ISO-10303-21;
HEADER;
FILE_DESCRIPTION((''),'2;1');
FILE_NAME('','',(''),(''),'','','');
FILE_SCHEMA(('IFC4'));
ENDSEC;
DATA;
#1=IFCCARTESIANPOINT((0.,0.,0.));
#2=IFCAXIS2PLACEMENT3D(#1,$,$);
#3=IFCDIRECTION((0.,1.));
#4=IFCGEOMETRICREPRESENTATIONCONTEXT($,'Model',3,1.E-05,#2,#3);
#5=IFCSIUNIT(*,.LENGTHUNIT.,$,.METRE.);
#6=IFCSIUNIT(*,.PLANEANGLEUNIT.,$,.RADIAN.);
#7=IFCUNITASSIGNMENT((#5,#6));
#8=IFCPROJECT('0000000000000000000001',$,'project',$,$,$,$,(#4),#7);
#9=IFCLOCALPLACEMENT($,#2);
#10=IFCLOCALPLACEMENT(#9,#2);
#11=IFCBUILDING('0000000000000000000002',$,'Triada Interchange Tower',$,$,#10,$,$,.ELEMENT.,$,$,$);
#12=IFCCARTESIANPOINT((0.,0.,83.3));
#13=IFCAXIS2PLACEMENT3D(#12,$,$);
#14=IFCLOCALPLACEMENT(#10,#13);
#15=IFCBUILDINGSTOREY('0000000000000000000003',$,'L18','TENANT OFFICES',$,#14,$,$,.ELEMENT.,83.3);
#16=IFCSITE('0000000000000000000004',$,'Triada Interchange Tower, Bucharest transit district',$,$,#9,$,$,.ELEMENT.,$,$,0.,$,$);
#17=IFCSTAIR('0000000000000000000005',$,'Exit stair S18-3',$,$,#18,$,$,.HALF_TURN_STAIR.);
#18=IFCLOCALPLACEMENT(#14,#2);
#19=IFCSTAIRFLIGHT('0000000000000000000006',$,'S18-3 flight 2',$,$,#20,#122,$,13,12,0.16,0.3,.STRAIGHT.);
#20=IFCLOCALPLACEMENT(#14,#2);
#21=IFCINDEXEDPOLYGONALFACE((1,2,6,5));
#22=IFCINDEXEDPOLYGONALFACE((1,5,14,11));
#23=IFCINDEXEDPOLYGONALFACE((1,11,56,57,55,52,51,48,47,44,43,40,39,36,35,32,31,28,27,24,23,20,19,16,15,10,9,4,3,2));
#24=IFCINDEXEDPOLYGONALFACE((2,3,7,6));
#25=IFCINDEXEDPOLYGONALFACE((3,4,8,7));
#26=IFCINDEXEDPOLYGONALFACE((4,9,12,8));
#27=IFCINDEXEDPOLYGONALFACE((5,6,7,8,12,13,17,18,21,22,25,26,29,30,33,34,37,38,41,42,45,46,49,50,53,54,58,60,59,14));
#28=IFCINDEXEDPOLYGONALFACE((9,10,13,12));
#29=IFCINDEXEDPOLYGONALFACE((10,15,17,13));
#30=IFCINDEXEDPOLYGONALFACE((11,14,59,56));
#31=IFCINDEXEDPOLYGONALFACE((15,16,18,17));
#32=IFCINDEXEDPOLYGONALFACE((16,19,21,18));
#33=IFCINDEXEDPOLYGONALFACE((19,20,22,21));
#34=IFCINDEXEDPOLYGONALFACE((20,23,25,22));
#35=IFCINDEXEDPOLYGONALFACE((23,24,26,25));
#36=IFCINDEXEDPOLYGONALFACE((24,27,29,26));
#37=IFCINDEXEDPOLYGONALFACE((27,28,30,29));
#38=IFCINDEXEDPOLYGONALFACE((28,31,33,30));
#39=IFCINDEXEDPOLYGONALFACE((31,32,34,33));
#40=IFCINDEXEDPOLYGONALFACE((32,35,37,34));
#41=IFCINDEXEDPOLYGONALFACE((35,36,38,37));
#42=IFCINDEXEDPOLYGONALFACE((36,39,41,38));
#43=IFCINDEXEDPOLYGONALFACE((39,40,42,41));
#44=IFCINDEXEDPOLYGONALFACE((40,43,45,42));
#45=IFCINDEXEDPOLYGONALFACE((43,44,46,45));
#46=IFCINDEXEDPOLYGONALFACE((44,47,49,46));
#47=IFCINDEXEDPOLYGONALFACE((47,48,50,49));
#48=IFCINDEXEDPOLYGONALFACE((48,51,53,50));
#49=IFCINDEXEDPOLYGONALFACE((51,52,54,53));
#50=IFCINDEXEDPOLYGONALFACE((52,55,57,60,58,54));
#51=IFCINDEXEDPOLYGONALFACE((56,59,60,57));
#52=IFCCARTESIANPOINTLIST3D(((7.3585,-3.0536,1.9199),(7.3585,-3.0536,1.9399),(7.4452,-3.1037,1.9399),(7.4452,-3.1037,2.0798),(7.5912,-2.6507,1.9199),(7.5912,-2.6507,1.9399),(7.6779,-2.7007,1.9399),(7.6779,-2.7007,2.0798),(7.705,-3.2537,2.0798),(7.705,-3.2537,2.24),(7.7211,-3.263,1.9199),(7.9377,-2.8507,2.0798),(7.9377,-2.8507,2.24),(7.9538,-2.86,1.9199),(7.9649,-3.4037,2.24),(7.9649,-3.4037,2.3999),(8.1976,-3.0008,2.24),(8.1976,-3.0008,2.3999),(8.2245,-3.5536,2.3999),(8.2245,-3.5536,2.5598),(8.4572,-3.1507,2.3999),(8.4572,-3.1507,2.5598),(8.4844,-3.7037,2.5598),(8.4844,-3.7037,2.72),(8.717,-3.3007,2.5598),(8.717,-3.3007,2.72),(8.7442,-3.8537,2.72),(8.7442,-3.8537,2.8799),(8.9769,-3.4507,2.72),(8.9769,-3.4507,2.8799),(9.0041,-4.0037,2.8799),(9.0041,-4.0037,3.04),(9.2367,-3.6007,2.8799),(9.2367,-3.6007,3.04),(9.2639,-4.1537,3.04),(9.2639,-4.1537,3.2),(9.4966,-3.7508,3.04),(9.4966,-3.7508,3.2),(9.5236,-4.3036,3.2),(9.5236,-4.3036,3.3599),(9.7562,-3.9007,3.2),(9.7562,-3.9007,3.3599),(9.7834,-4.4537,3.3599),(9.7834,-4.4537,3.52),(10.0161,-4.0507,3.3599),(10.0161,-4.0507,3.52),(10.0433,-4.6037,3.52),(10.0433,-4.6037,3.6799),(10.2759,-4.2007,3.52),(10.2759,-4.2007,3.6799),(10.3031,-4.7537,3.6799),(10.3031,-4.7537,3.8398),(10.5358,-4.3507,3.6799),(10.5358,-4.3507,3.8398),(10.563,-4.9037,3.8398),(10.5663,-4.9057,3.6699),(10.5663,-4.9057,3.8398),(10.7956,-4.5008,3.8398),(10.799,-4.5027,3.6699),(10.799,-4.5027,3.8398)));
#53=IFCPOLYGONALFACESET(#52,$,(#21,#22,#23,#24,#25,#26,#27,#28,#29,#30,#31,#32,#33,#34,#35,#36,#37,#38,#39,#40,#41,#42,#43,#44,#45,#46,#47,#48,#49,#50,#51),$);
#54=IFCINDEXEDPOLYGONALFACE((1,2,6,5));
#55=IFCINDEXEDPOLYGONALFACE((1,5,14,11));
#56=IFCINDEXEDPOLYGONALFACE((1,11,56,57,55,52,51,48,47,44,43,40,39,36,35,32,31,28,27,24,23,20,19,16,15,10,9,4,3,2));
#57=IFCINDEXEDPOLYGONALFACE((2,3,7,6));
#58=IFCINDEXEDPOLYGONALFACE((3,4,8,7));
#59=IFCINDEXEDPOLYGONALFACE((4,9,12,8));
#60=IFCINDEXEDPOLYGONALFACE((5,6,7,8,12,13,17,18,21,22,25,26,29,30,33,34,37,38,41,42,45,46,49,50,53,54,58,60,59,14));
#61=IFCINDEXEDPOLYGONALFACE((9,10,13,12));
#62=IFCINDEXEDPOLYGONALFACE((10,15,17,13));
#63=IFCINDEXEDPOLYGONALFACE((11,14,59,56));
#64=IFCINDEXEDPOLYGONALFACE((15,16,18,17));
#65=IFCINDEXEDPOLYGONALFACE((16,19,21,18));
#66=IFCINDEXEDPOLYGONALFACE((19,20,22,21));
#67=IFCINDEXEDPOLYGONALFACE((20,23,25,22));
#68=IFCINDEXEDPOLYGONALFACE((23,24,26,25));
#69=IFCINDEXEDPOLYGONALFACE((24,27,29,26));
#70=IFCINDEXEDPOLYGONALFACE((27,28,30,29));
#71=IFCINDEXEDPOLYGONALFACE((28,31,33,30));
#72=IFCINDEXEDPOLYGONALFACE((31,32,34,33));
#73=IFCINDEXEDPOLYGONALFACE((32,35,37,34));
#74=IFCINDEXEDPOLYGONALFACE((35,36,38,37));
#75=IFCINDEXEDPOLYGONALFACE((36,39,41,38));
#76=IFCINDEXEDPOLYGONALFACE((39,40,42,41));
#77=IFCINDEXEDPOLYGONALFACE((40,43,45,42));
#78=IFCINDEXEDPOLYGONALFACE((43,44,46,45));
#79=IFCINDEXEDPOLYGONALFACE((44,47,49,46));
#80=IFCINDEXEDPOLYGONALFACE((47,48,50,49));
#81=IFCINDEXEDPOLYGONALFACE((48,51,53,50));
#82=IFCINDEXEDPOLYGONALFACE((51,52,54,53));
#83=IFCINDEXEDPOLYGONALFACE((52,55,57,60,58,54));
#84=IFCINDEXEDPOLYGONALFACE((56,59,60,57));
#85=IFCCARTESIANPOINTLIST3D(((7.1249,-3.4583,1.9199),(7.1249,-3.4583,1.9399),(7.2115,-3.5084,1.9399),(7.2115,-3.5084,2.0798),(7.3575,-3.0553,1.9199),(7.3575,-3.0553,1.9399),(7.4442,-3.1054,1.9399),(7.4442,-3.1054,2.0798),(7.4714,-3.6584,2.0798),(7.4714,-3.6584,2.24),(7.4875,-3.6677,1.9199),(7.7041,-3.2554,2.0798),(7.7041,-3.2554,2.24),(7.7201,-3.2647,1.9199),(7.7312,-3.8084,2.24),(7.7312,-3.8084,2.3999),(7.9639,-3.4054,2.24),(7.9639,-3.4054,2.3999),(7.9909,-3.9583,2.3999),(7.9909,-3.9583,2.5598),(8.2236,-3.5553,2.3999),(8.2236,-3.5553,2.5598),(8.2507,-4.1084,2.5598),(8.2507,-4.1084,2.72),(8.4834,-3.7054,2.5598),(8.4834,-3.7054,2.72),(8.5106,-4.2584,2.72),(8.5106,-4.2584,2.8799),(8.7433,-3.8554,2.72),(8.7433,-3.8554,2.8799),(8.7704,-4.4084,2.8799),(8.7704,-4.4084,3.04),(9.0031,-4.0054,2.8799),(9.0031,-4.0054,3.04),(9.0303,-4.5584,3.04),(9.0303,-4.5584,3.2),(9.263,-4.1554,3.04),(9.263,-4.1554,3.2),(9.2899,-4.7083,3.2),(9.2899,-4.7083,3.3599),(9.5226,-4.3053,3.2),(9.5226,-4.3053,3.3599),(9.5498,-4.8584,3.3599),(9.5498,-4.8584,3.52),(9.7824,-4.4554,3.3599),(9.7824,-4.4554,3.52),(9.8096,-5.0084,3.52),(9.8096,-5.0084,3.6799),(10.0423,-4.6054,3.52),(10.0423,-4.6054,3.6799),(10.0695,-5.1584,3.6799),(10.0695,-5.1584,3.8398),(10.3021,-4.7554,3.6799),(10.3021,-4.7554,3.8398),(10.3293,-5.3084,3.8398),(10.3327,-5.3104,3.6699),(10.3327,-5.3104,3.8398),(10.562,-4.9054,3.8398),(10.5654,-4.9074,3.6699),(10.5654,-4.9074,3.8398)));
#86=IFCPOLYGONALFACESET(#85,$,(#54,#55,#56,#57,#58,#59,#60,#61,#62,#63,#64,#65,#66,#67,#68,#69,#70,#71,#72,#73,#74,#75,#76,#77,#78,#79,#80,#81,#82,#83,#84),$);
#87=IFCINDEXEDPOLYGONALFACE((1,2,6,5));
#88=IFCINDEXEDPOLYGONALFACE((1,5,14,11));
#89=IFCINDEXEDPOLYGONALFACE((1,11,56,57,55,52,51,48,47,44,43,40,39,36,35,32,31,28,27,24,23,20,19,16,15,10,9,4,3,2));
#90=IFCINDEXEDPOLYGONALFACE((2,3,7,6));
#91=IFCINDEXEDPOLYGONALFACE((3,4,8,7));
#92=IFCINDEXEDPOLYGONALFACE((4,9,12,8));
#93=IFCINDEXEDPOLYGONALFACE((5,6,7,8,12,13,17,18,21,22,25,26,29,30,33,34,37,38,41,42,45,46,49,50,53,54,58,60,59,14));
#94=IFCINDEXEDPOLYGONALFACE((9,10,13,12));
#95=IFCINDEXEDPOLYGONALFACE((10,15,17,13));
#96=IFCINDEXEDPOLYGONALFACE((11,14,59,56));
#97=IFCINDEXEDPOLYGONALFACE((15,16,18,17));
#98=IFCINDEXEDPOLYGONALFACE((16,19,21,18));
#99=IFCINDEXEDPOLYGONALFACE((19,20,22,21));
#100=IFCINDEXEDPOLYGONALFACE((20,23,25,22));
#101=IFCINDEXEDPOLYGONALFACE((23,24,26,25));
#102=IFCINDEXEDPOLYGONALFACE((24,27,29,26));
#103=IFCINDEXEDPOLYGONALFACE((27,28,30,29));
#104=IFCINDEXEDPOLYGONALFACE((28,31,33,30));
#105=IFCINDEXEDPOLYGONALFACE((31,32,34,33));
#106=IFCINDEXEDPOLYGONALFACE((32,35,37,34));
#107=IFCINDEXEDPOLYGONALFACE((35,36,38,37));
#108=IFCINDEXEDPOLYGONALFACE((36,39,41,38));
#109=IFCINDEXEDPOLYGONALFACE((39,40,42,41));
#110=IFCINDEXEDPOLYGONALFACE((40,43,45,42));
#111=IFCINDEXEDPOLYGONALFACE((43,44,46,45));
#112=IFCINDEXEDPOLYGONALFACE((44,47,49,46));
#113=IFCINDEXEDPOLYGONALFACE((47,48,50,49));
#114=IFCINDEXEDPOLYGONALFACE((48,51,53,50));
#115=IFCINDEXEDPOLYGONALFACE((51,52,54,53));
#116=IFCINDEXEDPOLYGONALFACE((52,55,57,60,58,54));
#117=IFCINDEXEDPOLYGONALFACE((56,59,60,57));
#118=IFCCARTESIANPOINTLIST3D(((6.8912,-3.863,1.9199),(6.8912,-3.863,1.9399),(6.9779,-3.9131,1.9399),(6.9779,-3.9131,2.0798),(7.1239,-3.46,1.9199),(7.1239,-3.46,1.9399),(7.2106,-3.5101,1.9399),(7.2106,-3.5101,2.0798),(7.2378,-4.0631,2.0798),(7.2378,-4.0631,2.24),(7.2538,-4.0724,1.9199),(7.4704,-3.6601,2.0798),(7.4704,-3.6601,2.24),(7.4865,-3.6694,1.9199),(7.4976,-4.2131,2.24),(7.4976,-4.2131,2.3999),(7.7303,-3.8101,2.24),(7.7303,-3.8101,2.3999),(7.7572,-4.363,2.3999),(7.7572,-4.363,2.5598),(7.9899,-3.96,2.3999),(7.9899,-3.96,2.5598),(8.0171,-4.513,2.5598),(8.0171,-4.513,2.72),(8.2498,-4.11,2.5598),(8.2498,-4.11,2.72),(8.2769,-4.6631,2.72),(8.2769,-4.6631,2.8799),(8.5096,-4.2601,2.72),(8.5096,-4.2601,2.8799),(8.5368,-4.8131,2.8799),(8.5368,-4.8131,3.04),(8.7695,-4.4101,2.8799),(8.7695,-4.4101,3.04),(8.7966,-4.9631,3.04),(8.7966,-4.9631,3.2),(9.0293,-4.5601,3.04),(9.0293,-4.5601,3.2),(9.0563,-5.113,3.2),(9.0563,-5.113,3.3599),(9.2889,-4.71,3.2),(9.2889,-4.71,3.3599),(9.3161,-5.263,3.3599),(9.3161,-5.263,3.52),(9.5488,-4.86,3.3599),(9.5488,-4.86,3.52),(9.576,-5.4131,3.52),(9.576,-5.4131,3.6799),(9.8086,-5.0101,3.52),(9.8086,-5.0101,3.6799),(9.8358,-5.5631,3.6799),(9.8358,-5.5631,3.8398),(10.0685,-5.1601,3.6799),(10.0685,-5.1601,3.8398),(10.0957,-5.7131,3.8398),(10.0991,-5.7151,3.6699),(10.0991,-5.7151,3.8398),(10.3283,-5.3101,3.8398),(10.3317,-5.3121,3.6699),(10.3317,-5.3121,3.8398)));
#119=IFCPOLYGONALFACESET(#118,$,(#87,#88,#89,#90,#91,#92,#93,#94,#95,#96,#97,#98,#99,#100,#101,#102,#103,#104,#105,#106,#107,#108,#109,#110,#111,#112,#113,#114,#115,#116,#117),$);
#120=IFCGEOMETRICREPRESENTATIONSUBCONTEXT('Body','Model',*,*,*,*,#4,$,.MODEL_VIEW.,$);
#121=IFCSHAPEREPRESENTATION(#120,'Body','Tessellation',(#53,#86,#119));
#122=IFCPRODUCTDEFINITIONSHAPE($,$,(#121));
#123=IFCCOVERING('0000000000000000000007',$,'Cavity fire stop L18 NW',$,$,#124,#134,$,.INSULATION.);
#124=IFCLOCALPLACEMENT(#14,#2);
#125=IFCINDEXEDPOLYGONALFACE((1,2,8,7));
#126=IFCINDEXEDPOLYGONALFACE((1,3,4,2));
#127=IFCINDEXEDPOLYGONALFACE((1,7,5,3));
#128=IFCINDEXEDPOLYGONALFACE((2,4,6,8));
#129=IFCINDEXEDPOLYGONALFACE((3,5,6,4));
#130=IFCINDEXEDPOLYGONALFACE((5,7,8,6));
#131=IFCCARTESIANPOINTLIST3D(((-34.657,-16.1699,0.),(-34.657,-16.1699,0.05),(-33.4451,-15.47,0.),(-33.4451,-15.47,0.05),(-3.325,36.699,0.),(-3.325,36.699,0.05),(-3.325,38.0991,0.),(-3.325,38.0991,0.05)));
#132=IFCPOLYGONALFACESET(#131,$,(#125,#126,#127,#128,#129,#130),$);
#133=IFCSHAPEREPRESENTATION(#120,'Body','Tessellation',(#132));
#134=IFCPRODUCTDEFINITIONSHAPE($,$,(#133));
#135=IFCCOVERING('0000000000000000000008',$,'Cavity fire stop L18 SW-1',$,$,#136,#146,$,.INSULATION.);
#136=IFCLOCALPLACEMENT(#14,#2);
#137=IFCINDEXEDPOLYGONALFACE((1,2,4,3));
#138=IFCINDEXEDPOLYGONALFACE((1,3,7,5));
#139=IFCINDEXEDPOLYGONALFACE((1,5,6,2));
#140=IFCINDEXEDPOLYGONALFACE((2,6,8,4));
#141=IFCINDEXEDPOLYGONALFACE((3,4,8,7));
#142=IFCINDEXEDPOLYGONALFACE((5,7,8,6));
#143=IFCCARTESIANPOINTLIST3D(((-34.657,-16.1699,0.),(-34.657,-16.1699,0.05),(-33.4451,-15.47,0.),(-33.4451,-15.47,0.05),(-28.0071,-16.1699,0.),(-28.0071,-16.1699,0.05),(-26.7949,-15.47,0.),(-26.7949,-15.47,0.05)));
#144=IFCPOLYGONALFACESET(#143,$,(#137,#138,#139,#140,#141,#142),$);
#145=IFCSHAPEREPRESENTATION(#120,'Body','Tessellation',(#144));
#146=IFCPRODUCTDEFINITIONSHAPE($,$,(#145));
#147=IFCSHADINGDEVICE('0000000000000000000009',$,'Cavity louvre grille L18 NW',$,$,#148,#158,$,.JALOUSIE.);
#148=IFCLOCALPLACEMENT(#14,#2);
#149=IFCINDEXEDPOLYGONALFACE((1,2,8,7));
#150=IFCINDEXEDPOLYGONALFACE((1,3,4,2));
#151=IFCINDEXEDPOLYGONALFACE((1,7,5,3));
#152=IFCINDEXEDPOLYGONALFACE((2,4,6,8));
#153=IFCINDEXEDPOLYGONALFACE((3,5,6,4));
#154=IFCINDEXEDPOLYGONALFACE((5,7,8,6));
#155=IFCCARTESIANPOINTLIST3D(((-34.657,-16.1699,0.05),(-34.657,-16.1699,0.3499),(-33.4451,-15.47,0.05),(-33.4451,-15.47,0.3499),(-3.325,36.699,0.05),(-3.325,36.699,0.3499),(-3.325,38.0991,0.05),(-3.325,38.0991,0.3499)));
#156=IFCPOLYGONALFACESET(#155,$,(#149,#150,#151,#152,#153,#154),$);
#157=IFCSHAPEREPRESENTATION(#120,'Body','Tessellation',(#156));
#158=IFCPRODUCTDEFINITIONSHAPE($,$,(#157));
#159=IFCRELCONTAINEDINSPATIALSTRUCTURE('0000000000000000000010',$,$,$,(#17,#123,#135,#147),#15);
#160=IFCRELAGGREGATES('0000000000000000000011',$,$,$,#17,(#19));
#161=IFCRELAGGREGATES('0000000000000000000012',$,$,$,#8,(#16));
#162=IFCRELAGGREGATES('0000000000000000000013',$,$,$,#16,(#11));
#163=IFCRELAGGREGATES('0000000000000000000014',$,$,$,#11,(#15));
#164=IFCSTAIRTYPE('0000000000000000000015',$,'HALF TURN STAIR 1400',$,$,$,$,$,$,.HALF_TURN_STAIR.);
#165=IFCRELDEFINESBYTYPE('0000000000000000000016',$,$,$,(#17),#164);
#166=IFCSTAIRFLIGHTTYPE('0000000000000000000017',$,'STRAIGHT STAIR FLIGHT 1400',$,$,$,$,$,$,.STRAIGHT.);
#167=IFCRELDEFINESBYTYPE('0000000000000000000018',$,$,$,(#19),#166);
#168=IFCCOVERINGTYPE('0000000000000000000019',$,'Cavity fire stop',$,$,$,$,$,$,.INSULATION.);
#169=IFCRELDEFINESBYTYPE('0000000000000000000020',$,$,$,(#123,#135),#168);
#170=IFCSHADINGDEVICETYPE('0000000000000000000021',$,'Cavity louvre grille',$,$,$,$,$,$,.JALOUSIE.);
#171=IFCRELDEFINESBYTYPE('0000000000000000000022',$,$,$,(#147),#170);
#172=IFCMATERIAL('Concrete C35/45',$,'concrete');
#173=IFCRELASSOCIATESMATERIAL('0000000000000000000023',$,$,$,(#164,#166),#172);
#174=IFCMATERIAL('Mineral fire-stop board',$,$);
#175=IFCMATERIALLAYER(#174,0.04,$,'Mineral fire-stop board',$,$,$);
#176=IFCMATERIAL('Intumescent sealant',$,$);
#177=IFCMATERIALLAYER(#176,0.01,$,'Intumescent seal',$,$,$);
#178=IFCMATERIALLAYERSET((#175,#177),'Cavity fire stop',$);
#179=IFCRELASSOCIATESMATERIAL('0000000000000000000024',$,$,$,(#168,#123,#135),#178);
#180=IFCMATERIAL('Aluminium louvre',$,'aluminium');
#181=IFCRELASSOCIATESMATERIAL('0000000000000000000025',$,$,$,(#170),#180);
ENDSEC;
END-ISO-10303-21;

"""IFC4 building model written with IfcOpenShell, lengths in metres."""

from ifc_helpers import new_model, si_unit, direction, frame, origin, place, context, subcontext, project, spatial, polyline, outline, extrude, material, layer, layer_set, layer_usage, type_object, element, aggregate, save


model = new_model("IFC4")

# Units and contexts
model_context = context("Model", 3, precision=1e-05, world=origin(), true_north=direction((0.0, 1.0)))
body_context = subcontext(model_context, "Body", "Model", "MODEL_VIEW")
ifc_project = project(units=[si_unit("LENGTHUNIT", "METRE"), si_unit("PLANEANGLEUNIT", "RADIAN")], contexts=[model_context])

# Site, building, storey
site_placement = place(None, origin())
site = spatial("IfcSite", under=ifc_project, at=site_placement, Name="Triada Interchange Tower, Bucharest transit district", CompositionType="ELEMENT", RefElevation=0.0)
building_placement = place(site_placement, origin())
building = spatial("IfcBuilding", under=site, at=building_placement, Name="Triada Interchange Tower", CompositionType="ELEMENT")
storey_placement = place(building_placement, frame((0.0, 0.0, 83.3)))
storey = spatial("IfcBuildingStorey", under=building, at=storey_placement, Name="L18", Description="TENANT OFFICES", CompositionType="ELEMENT", Elevation=83.3)

# Stair, stair flight
ifc_material_1 = material(Name="Concrete C35/45", Category="concrete")
stair_type = type_object("IfcStairType", Name="HALF TURN STAIR 1400", PredefinedType="HALF_TURN_STAIR", material=ifc_material_1)
stair_placement = place(storey_placement, origin())
stair = element("IfcStair", 1, at=stair_placement, inside=storey, type_object=stair_type, Name="Exit stair S18-3", PredefinedType="HALF_TURN_STAIR")
stair_flight_type = type_object("IfcStairFlightType", Name="STRAIGHT STAIR FLIGHT 1400", PredefinedType="STRAIGHT", material=ifc_material_1)
stair_flight_1_placement = place(storey_placement, frame((7.3279, -3.3069, 1.9199), z_axis=(0.0, 0.0, 1.0), x_axis=(0.866025, -0.5, 0.0)))
stair_flight_1 = element("IfcStairFlight", 2, at=stair_flight_1_placement, type_object=stair_flight_type, Name="S18-3 flight 2", NumberOfRisers=13, NumberOfTreads=12, PredefinedType="STRAIGHT", RiserHeight=0.16, TreadLength=0.3, context=body_context, shape_type="SweptSolid", body=[
    extrude(outline(polyline([(-0.1001, 0.0), (-0.1001, 0.02), (0.0, 0.02), (0.0, 0.1599), (0.3, 0.1599), (0.3, 0.3201), (0.6001, 0.3201), (0.6001, 0.48), (0.8999, 0.48), (0.8999, 0.6399), (1.2, 0.6399), (1.2, 0.8), (1.5, 0.8), (1.5, 0.96), (1.8, 0.96), (1.8, 1.1201), (2.1001, 1.1201), (2.1001, 1.28), (2.3999, 1.28), (2.3999, 1.4399), (2.7, 1.4399), (2.7, 1.6001), (3.0, 1.6001), (3.0, 1.76), (3.3, 1.76), (3.3, 1.9199), (3.6001, 1.9199), (3.604, 1.9199), (3.604, 2.0801), (3.604, 1.75), (0.3186, 0.0), (-0.1001, 0.0)])), frame((0.0, 0.7, 0.0), z_axis=(0.0, -1.0, 0.0), x_axis=(1.0, 0.0, 0.0)), (0.0, 0.0, 1.0), 0.4653),
    extrude(outline(polyline([(-0.1001, 0.0), (-0.1001, 0.02), (0.0, 0.02), (0.0, 0.1599), (0.3, 0.1599), (0.3, 0.3201), (0.6001, 0.3201), (0.6001, 0.48), (0.8999, 0.48), (0.8999, 0.6399), (1.2, 0.6399), (1.2, 0.8), (1.5, 0.8), (1.5, 0.96), (1.8, 0.96), (1.8, 1.1201), (2.1001, 1.1201), (2.1001, 1.28), (2.3999, 1.28), (2.3999, 1.4399), (2.7, 1.4399), (2.7, 1.6001), (3.0, 1.6001), (3.0, 1.76), (3.3, 1.76), (3.3, 1.9199), (3.6001, 1.9199), (3.604, 1.9199), (3.604, 2.0801), (3.604, 1.75), (0.3186, 0.0), (-0.1001, 0.0)])), frame((0.0, 0.2327, 0.0), z_axis=(0.0, -1.0, 0.0), x_axis=(1.0, 0.0, 0.0)), (0.0, 0.0, 1.0), 0.4653),
    extrude(outline(polyline([(-0.1001, 0.0), (-0.1001, 0.02), (0.0, 0.02), (0.0, 0.1599), (0.3, 0.1599), (0.3, 0.3201), (0.6001, 0.3201), (0.6001, 0.48), (0.8999, 0.48), (0.8999, 0.6399), (1.2, 0.6399), (1.2, 0.8), (1.5, 0.8), (1.5, 0.96), (1.8, 0.96), (1.8, 1.1201), (2.1001, 1.1201), (2.1001, 1.28), (2.3999, 1.28), (2.3999, 1.4399), (2.7, 1.4399), (2.7, 1.6001), (3.0, 1.6001), (3.0, 1.76), (3.3, 1.76), (3.3, 1.9199), (3.6001, 1.9199), (3.604, 1.9199), (3.604, 2.0801), (3.604, 1.75), (0.3186, 0.0), (-0.1001, 0.0)])), frame((0.0, -0.2346, 0.0), z_axis=(0.0, -1.0, 0.0), x_axis=(1.0, 0.0, 0.0)), (0.0, 0.0, 1.0), 0.4653),
])

# Coverings
ifc_material_2 = material(Name="Mineral fire-stop board")
ifc_layer_1 = layer(ifc_material_2, 0.04, Name="Mineral fire-stop board")
ifc_material_3 = material(Name="Intumescent sealant")
ifc_layer_2 = layer(ifc_material_3, 0.01, Name="Intumescent seal")
ifc_layer_set_1 = layer_set([ifc_layer_1, ifc_layer_2], Name="Cavity fire stop")
ifc_layer_usage = layer_usage(ifc_layer_set_1, "AXIS3", "POSITIVE", 0.0)
covering_type = type_object("IfcCoveringType", Name="Cavity fire stop", PredefinedType="INSULATION", material=ifc_layer_set_1)
covering_1_placement = place(storey_placement, origin())
element("IfcCovering", 3, at=covering_1_placement, inside=storey, type_object=covering_type, material=ifc_layer_usage, Name="Cavity fire stop L18 NW", PredefinedType="INSULATION", context=body_context, shape_type="SweptSolid", body=[
    extrude(outline(polyline([(-3.325, 36.699), (-3.325, 38.0991), (-34.657, -16.1699), (-33.4451, -15.47), (-3.325, 36.699)])), origin(), (0.0, 0.0, 1.0), 0.05),
])
covering_2_placement = place(storey_placement, origin())
element("IfcCovering", 4, at=covering_2_placement, inside=storey, type_object=covering_type, material=ifc_layer_usage, Name="Cavity fire stop L18 SW-1", PredefinedType="INSULATION", context=body_context, shape_type="SweptSolid", body=[
    extrude(outline(polyline([(-33.4451, -15.47), (-34.657, -16.1699), (-28.0071, -16.1699), (-26.7949, -15.47), (-33.4451, -15.47)])), origin(), (0.0, 0.0, 1.0), 0.05),
])

# Shading device
ifc_material_4 = material(Name="Aluminium louvre", Category="aluminium")
shading_device_type = type_object("IfcShadingDeviceType", Name="Cavity louvre grille", PredefinedType="JALOUSIE", material=ifc_material_4)
shading_device_placement = place(storey_placement, frame((0.0, 0.0, 0.05)))
element("IfcShadingDevice", 5, at=shading_device_placement, inside=storey, type_object=shading_device_type, Name="Cavity louvre grille L18 NW", PredefinedType="JALOUSIE", context=body_context, shape_type="SweptSolid", body=[
    extrude(outline(polyline([(-3.325, 36.699), (-3.325, 38.0991), (-34.657, -16.1699), (-33.4451, -15.47), (-3.325, 36.699)])), origin(), (0.0, 0.0, 1.0), 0.2998),
])

aggregate(stair, [stair_flight_1])

save(model, "model.ifc")
